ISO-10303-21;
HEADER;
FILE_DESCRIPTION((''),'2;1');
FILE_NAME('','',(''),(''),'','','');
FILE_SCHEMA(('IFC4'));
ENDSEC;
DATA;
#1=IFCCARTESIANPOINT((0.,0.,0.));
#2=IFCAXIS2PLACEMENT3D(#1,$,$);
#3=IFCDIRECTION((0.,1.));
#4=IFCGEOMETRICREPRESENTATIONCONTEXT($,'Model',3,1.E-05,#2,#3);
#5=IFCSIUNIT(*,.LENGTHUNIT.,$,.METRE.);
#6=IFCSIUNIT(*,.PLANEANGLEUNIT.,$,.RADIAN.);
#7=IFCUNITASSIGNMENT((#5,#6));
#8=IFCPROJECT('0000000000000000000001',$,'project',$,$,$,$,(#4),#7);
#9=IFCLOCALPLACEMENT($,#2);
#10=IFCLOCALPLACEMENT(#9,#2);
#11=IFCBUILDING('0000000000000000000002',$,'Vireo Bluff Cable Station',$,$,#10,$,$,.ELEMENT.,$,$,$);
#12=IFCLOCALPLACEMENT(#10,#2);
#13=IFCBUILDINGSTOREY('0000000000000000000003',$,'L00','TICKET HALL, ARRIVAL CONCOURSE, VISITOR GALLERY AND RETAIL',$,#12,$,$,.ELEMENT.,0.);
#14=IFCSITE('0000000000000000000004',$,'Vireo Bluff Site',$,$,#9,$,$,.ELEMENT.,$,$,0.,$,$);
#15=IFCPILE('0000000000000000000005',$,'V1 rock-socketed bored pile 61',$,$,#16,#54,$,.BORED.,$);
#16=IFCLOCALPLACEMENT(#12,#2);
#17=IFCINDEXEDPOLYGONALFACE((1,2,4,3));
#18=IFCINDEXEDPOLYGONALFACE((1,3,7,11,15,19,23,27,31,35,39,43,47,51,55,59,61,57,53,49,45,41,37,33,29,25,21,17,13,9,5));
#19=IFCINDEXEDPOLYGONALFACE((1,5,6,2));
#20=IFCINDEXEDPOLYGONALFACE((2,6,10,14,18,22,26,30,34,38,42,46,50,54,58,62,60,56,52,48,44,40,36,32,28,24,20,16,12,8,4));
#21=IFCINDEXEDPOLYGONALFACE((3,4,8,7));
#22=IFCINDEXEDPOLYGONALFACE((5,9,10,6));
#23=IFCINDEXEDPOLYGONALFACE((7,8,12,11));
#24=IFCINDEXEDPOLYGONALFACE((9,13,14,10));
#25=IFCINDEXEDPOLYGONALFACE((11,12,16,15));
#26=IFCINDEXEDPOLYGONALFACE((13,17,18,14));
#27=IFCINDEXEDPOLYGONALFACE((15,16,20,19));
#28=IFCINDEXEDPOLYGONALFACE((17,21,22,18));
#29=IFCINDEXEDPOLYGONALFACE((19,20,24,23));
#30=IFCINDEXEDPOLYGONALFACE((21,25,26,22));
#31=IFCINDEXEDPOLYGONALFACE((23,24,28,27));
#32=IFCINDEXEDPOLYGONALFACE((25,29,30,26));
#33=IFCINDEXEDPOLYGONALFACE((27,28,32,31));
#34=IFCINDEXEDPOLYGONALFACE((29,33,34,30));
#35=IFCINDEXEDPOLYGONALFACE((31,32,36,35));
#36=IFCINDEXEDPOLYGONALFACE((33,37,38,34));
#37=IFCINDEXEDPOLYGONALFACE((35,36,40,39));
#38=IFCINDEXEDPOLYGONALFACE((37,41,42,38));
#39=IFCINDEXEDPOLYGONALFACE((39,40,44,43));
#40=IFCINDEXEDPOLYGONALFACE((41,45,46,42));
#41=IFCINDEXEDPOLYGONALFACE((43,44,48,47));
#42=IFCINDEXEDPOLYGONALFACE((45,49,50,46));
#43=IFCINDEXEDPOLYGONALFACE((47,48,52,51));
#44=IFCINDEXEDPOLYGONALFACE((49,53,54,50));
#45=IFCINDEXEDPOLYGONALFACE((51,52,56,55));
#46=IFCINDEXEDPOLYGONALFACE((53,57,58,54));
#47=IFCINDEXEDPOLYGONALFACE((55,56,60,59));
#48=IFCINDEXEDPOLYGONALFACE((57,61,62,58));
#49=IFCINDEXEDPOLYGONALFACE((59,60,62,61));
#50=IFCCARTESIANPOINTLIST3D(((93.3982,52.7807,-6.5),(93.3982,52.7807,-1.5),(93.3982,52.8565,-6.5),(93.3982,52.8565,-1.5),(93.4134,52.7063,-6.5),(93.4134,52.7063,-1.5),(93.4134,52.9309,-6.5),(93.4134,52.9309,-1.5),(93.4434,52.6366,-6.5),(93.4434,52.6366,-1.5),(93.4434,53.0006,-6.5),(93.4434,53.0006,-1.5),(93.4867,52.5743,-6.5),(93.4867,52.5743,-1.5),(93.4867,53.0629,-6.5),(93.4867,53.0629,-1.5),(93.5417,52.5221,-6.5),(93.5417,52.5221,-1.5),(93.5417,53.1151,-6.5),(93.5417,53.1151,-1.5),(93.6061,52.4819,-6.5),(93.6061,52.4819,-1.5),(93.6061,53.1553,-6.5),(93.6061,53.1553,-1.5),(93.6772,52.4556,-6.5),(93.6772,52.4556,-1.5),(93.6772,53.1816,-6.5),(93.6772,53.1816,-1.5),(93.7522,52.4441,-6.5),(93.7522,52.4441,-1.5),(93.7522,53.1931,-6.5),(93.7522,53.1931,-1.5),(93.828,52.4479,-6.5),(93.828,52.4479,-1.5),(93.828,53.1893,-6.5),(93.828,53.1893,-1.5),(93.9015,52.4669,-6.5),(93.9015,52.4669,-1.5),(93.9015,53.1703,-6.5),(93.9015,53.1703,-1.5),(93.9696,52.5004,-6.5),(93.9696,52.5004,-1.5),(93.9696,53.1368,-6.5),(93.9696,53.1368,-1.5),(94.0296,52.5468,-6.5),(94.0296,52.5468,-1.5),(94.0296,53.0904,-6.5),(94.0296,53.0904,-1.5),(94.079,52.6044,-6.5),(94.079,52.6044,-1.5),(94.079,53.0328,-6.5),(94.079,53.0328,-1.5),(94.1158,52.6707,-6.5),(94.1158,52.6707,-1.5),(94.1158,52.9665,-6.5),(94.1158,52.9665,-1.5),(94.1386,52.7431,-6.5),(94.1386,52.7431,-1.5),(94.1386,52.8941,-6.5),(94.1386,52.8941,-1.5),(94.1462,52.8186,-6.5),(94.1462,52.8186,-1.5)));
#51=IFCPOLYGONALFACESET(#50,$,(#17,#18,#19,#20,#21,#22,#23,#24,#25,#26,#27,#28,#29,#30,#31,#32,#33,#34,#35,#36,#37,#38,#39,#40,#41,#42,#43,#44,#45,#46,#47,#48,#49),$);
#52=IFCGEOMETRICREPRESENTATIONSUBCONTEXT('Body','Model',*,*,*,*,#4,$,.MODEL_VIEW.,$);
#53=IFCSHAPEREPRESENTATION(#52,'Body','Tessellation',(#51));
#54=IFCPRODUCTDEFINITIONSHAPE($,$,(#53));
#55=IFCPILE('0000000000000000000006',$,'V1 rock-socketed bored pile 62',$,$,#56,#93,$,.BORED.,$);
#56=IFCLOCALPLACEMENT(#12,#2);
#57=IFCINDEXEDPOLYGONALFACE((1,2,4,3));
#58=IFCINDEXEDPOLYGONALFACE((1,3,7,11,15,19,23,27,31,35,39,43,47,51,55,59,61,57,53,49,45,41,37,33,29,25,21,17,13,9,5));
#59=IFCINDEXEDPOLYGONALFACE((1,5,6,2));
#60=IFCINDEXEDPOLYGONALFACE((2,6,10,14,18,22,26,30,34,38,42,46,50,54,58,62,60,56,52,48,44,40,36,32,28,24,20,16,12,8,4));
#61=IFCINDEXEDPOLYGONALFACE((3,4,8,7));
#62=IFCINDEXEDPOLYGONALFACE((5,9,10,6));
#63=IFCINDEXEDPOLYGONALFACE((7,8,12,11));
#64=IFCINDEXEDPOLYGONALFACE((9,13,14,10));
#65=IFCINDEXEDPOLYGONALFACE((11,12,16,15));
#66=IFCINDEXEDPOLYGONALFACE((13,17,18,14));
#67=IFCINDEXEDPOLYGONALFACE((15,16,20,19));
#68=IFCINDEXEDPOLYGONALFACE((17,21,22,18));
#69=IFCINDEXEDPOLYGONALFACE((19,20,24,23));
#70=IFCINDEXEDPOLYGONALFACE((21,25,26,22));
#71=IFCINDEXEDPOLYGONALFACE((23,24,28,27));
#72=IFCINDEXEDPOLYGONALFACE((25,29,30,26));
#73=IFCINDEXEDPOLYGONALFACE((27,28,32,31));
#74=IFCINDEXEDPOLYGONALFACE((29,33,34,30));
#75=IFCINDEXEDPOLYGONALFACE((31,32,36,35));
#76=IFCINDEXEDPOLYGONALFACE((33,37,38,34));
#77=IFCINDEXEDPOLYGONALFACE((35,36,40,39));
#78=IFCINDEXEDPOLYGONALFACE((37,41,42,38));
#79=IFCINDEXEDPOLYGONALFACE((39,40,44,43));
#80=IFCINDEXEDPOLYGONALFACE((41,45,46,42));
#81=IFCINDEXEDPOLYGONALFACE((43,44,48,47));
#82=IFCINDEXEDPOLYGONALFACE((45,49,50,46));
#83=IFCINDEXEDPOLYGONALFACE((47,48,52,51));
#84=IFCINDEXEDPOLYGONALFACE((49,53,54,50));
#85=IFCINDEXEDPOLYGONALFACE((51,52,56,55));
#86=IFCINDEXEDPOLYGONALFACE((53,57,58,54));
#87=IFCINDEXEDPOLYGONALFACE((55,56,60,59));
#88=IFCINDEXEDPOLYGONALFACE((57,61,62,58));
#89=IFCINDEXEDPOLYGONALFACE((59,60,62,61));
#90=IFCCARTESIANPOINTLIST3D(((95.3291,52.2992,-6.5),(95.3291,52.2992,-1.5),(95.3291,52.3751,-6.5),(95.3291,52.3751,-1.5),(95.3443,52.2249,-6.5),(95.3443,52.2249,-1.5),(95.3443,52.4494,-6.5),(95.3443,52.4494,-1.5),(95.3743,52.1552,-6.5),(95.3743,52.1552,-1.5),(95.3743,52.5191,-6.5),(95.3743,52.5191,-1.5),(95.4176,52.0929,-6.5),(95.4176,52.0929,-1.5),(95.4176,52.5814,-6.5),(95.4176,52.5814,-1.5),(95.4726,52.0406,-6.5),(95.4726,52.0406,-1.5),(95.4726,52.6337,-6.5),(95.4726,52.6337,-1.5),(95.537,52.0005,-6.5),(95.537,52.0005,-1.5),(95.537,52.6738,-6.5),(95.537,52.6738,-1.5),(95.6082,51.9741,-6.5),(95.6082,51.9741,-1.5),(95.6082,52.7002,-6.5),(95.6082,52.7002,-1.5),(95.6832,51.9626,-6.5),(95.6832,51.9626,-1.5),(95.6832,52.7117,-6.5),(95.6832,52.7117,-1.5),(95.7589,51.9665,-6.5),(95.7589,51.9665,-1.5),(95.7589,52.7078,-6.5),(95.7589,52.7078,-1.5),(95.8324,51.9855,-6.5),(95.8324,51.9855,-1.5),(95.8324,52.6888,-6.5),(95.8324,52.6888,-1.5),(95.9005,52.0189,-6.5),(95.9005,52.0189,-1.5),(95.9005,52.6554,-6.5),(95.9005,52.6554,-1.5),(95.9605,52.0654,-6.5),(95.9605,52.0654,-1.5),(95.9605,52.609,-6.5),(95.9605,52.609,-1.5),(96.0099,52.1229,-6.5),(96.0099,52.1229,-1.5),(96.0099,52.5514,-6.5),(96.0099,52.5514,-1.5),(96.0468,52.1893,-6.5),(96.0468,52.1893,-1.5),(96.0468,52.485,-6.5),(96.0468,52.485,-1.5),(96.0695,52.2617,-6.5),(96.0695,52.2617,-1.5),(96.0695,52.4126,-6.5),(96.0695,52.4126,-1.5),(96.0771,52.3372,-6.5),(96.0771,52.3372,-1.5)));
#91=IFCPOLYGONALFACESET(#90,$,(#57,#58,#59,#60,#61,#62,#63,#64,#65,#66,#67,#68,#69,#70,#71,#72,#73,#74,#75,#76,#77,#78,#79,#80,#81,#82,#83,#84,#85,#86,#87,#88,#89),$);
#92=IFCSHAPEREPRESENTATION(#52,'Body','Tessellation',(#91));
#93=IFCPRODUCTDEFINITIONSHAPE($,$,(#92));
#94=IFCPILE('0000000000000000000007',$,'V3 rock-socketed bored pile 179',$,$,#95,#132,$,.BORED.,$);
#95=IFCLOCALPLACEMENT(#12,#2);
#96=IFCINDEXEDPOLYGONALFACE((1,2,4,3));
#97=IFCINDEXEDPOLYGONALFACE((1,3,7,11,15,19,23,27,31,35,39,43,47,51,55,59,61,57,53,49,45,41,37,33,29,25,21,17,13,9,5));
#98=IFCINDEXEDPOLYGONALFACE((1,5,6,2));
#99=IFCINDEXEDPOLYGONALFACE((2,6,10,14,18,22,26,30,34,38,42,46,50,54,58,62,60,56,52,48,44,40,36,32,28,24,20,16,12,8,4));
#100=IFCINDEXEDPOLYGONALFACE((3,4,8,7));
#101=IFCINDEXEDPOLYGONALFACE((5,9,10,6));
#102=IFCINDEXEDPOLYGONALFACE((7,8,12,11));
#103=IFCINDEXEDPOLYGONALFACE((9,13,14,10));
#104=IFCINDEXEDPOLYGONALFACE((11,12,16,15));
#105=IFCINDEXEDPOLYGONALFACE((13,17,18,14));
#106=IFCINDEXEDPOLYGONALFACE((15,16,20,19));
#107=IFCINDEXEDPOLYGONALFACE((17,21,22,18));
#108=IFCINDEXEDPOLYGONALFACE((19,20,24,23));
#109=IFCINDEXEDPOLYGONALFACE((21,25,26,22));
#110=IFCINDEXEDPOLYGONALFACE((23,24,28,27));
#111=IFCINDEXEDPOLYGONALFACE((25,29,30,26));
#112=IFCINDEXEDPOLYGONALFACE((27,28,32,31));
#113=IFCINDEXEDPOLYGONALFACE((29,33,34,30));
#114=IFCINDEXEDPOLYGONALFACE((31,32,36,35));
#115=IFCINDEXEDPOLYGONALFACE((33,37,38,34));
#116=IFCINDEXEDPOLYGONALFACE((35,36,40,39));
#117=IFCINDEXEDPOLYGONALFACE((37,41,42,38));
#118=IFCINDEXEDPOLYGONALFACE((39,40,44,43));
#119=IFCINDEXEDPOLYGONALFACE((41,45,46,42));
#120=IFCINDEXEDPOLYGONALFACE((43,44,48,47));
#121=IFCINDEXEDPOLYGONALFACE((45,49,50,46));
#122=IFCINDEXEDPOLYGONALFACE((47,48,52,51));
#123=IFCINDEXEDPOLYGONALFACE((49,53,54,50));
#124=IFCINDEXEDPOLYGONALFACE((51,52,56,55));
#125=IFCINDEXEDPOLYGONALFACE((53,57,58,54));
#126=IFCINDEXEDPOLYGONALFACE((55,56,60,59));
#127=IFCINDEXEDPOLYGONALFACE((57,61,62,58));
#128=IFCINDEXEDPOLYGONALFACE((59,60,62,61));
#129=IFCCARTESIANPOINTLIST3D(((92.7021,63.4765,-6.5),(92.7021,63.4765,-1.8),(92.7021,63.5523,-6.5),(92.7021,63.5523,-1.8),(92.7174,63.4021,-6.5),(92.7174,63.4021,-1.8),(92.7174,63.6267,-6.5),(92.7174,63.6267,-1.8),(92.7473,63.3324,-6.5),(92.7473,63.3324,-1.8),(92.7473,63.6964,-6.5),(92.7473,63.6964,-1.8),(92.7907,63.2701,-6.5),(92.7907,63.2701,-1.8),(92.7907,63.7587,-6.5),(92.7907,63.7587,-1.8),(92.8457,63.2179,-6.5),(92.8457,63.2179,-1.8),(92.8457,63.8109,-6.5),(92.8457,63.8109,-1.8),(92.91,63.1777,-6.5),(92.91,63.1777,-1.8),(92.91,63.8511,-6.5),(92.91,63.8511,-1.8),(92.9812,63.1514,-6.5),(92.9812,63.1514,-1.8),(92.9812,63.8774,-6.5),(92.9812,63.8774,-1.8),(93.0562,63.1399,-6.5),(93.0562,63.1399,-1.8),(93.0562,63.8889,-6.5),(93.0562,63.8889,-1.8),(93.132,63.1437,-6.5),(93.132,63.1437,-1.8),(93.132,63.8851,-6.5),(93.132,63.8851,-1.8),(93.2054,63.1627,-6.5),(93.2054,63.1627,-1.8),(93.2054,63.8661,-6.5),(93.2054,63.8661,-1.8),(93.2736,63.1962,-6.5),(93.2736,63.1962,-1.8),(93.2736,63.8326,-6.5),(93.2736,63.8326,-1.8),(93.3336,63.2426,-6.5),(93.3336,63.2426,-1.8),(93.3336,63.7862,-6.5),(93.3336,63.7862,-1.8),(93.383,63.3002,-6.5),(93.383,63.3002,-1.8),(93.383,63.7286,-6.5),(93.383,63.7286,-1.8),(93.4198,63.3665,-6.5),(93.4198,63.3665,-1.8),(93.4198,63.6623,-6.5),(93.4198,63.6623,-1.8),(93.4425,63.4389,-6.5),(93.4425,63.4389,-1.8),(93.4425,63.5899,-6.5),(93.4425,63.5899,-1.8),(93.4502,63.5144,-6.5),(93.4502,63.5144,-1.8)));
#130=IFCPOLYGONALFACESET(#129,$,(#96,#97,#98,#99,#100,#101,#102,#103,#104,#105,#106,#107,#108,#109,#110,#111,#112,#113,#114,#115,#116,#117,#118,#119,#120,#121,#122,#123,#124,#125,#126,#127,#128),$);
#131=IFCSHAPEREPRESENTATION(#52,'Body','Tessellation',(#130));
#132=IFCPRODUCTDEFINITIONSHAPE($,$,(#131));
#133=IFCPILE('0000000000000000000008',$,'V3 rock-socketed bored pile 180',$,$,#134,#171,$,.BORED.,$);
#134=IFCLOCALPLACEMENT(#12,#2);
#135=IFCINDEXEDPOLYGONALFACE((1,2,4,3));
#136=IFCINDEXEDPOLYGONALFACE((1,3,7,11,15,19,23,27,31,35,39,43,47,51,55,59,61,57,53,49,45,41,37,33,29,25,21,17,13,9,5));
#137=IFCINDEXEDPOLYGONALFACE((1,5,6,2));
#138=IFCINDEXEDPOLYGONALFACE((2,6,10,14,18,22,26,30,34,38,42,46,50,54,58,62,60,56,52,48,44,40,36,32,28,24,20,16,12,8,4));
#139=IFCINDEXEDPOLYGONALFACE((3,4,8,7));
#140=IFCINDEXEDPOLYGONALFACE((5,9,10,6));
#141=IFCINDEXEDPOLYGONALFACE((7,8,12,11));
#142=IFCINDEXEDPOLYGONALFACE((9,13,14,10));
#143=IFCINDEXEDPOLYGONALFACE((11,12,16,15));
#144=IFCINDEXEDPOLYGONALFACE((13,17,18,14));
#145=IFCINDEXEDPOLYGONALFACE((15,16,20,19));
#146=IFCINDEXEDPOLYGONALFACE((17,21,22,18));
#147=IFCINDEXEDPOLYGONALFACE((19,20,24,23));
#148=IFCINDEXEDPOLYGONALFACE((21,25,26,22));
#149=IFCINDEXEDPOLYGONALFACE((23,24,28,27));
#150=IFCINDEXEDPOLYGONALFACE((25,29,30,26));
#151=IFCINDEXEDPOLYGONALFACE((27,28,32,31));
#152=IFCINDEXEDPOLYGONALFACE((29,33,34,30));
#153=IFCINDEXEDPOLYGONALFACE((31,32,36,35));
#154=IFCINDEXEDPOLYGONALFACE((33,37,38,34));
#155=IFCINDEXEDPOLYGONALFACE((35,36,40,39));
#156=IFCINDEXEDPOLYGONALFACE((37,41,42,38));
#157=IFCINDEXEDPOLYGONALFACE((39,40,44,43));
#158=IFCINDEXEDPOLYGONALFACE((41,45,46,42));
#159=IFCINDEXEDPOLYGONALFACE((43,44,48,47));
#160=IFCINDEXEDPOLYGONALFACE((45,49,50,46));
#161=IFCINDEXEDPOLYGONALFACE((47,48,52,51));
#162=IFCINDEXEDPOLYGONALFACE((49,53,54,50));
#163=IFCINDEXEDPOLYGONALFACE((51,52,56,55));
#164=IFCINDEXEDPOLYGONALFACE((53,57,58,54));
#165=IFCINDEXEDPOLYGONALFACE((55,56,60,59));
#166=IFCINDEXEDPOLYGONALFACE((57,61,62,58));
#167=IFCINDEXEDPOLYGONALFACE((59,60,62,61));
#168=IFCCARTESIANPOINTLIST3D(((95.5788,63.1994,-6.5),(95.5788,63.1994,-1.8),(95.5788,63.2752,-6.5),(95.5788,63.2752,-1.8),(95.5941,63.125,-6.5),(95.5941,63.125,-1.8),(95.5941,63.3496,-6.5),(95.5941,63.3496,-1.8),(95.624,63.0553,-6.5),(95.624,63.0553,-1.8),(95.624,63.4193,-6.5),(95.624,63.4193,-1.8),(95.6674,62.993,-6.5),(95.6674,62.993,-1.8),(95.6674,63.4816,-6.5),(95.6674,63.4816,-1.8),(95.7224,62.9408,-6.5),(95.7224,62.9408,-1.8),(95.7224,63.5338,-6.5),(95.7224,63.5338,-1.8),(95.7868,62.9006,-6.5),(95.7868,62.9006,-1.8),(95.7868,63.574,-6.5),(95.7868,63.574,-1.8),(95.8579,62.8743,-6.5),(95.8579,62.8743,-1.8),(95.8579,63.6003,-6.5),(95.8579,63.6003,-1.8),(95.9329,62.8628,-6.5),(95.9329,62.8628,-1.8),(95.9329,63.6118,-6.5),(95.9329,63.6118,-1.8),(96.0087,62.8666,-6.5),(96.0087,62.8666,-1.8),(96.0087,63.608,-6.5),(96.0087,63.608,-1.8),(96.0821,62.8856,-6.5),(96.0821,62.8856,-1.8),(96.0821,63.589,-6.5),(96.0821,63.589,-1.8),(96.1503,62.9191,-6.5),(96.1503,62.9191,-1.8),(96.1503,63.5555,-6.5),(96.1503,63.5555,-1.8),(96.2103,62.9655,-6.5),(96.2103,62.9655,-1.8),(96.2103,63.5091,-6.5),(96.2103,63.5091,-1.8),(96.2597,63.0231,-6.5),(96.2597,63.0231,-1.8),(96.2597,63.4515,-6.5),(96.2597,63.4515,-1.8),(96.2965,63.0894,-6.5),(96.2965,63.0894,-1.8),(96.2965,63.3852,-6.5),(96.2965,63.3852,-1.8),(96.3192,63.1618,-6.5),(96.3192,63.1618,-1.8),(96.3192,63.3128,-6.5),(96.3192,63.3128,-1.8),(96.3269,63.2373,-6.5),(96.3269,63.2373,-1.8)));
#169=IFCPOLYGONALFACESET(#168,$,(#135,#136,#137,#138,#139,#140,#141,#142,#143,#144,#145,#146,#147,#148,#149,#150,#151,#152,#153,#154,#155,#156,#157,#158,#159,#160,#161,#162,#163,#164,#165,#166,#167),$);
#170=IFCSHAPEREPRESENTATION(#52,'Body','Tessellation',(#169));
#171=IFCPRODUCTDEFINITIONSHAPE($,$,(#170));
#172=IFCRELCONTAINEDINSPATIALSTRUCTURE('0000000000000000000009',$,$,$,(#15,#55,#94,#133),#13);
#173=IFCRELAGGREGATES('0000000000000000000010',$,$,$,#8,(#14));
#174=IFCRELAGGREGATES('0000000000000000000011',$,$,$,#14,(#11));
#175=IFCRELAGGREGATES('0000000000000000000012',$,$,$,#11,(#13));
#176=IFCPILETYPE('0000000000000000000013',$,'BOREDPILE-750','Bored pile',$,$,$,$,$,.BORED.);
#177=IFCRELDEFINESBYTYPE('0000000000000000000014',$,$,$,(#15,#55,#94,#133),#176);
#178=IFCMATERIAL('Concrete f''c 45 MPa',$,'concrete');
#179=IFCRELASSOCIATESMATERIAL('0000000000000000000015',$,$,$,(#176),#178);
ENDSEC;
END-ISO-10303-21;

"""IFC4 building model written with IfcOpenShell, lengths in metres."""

from ifc_helpers import new_model, si_unit, direction, frame, origin, origin_2d, place, context, subcontext, project, spatial, circle, extrude, material, material_profile, profile_set, type_object, element, save


model = new_model("IFC4")

# Units and contexts
model_context = context("Model", 3, precision=1e-05, world=origin(), true_north=direction((0.0, 1.0)))
body_context = subcontext(model_context, "Body", "Model", "MODEL_VIEW")
ifc_project = project(units=[si_unit("LENGTHUNIT", "METRE"), si_unit("PLANEANGLEUNIT", "RADIAN")], contexts=[model_context])

# Site, building, storey
site_placement = place(None, origin())
site = spatial("IfcSite", under=ifc_project, at=site_placement, Name="Vireo Bluff Site", CompositionType="ELEMENT", RefElevation=0.0)
building_placement = place(site_placement, origin())
building = spatial("IfcBuilding", under=site, at=building_placement, Name="Vireo Bluff Cable Station", CompositionType="ELEMENT")
storey_placement = place(building_placement, origin())
storey = spatial("IfcBuildingStorey", under=building, at=storey_placement, Name="L00", Description="TICKET HALL, ARRIVAL CONCOURSE, VISITOR GALLERY AND RETAIL", CompositionType="ELEMENT", Elevation=0.0)

# Piles
ifc_material_1 = material(Name="Concrete f'c 45 MPa", Category="concrete")
ifc_material_profile_1 = material_profile(ifc_material_1, circle(Radius=0.375, at=origin_2d()), Name="BOREDPILE-750")
ifc_profile_set_1 = profile_set([ifc_material_profile_1], Name="Concrete f'c 45 MPa")
pile_type_1 = type_object("IfcPileType", Name="BOREDPILE-750", Description="Bored pile", PredefinedType="BORED", material=ifc_profile_set_1)
for number, where, z_axis, x_axis, name in (
    (1, (93.7712, 52.8186, -1.5), (0.0, 0.0, -1.0), (1.0, 0.0, 0.0), "V1 rock-socketed bored pile 61"),
    (2, (95.7021, 52.3372, -1.5), (0.0, 0.0, -1.0), (1.0, 0.0, 0.0), "V1 rock-socketed bored pile 62"),
):
    element("IfcPile", number, at=place(storey_placement, frame(where, z_axis=z_axis, x_axis=x_axis)), inside=storey, type_object=pile_type_1, Name=name, PredefinedType="BORED", context=body_context, shape_type="SweptSolid", body=[
        extrude(circle(Radius=0.375, at=origin_2d()), origin(), (0.0, 0.0, 1.0), 5.0),
    ])
for number, where, z_axis, x_axis, name in (
    (3, (93.0752, 63.5144, -1.8), (0.0, 0.0, -1.0), (1.0, 0.0, 0.0), "V3 rock-socketed bored pile 179"),
    (4, (95.9519, 63.2373, -1.8), (0.0, 0.0, -1.0), (1.0, 0.0, 0.0), "V3 rock-socketed bored pile 180"),
):
    element("IfcPile", number, at=place(storey_placement, frame(where, z_axis=z_axis, x_axis=x_axis)), inside=storey, type_object=pile_type_1, Name=name, PredefinedType="BORED", context=body_context, shape_type="SweptSolid", body=[
        extrude(circle(Radius=0.375, at=origin_2d()), origin(), (0.0, 0.0, 1.0), 4.7),
    ])

save(model, "model.ifc")
